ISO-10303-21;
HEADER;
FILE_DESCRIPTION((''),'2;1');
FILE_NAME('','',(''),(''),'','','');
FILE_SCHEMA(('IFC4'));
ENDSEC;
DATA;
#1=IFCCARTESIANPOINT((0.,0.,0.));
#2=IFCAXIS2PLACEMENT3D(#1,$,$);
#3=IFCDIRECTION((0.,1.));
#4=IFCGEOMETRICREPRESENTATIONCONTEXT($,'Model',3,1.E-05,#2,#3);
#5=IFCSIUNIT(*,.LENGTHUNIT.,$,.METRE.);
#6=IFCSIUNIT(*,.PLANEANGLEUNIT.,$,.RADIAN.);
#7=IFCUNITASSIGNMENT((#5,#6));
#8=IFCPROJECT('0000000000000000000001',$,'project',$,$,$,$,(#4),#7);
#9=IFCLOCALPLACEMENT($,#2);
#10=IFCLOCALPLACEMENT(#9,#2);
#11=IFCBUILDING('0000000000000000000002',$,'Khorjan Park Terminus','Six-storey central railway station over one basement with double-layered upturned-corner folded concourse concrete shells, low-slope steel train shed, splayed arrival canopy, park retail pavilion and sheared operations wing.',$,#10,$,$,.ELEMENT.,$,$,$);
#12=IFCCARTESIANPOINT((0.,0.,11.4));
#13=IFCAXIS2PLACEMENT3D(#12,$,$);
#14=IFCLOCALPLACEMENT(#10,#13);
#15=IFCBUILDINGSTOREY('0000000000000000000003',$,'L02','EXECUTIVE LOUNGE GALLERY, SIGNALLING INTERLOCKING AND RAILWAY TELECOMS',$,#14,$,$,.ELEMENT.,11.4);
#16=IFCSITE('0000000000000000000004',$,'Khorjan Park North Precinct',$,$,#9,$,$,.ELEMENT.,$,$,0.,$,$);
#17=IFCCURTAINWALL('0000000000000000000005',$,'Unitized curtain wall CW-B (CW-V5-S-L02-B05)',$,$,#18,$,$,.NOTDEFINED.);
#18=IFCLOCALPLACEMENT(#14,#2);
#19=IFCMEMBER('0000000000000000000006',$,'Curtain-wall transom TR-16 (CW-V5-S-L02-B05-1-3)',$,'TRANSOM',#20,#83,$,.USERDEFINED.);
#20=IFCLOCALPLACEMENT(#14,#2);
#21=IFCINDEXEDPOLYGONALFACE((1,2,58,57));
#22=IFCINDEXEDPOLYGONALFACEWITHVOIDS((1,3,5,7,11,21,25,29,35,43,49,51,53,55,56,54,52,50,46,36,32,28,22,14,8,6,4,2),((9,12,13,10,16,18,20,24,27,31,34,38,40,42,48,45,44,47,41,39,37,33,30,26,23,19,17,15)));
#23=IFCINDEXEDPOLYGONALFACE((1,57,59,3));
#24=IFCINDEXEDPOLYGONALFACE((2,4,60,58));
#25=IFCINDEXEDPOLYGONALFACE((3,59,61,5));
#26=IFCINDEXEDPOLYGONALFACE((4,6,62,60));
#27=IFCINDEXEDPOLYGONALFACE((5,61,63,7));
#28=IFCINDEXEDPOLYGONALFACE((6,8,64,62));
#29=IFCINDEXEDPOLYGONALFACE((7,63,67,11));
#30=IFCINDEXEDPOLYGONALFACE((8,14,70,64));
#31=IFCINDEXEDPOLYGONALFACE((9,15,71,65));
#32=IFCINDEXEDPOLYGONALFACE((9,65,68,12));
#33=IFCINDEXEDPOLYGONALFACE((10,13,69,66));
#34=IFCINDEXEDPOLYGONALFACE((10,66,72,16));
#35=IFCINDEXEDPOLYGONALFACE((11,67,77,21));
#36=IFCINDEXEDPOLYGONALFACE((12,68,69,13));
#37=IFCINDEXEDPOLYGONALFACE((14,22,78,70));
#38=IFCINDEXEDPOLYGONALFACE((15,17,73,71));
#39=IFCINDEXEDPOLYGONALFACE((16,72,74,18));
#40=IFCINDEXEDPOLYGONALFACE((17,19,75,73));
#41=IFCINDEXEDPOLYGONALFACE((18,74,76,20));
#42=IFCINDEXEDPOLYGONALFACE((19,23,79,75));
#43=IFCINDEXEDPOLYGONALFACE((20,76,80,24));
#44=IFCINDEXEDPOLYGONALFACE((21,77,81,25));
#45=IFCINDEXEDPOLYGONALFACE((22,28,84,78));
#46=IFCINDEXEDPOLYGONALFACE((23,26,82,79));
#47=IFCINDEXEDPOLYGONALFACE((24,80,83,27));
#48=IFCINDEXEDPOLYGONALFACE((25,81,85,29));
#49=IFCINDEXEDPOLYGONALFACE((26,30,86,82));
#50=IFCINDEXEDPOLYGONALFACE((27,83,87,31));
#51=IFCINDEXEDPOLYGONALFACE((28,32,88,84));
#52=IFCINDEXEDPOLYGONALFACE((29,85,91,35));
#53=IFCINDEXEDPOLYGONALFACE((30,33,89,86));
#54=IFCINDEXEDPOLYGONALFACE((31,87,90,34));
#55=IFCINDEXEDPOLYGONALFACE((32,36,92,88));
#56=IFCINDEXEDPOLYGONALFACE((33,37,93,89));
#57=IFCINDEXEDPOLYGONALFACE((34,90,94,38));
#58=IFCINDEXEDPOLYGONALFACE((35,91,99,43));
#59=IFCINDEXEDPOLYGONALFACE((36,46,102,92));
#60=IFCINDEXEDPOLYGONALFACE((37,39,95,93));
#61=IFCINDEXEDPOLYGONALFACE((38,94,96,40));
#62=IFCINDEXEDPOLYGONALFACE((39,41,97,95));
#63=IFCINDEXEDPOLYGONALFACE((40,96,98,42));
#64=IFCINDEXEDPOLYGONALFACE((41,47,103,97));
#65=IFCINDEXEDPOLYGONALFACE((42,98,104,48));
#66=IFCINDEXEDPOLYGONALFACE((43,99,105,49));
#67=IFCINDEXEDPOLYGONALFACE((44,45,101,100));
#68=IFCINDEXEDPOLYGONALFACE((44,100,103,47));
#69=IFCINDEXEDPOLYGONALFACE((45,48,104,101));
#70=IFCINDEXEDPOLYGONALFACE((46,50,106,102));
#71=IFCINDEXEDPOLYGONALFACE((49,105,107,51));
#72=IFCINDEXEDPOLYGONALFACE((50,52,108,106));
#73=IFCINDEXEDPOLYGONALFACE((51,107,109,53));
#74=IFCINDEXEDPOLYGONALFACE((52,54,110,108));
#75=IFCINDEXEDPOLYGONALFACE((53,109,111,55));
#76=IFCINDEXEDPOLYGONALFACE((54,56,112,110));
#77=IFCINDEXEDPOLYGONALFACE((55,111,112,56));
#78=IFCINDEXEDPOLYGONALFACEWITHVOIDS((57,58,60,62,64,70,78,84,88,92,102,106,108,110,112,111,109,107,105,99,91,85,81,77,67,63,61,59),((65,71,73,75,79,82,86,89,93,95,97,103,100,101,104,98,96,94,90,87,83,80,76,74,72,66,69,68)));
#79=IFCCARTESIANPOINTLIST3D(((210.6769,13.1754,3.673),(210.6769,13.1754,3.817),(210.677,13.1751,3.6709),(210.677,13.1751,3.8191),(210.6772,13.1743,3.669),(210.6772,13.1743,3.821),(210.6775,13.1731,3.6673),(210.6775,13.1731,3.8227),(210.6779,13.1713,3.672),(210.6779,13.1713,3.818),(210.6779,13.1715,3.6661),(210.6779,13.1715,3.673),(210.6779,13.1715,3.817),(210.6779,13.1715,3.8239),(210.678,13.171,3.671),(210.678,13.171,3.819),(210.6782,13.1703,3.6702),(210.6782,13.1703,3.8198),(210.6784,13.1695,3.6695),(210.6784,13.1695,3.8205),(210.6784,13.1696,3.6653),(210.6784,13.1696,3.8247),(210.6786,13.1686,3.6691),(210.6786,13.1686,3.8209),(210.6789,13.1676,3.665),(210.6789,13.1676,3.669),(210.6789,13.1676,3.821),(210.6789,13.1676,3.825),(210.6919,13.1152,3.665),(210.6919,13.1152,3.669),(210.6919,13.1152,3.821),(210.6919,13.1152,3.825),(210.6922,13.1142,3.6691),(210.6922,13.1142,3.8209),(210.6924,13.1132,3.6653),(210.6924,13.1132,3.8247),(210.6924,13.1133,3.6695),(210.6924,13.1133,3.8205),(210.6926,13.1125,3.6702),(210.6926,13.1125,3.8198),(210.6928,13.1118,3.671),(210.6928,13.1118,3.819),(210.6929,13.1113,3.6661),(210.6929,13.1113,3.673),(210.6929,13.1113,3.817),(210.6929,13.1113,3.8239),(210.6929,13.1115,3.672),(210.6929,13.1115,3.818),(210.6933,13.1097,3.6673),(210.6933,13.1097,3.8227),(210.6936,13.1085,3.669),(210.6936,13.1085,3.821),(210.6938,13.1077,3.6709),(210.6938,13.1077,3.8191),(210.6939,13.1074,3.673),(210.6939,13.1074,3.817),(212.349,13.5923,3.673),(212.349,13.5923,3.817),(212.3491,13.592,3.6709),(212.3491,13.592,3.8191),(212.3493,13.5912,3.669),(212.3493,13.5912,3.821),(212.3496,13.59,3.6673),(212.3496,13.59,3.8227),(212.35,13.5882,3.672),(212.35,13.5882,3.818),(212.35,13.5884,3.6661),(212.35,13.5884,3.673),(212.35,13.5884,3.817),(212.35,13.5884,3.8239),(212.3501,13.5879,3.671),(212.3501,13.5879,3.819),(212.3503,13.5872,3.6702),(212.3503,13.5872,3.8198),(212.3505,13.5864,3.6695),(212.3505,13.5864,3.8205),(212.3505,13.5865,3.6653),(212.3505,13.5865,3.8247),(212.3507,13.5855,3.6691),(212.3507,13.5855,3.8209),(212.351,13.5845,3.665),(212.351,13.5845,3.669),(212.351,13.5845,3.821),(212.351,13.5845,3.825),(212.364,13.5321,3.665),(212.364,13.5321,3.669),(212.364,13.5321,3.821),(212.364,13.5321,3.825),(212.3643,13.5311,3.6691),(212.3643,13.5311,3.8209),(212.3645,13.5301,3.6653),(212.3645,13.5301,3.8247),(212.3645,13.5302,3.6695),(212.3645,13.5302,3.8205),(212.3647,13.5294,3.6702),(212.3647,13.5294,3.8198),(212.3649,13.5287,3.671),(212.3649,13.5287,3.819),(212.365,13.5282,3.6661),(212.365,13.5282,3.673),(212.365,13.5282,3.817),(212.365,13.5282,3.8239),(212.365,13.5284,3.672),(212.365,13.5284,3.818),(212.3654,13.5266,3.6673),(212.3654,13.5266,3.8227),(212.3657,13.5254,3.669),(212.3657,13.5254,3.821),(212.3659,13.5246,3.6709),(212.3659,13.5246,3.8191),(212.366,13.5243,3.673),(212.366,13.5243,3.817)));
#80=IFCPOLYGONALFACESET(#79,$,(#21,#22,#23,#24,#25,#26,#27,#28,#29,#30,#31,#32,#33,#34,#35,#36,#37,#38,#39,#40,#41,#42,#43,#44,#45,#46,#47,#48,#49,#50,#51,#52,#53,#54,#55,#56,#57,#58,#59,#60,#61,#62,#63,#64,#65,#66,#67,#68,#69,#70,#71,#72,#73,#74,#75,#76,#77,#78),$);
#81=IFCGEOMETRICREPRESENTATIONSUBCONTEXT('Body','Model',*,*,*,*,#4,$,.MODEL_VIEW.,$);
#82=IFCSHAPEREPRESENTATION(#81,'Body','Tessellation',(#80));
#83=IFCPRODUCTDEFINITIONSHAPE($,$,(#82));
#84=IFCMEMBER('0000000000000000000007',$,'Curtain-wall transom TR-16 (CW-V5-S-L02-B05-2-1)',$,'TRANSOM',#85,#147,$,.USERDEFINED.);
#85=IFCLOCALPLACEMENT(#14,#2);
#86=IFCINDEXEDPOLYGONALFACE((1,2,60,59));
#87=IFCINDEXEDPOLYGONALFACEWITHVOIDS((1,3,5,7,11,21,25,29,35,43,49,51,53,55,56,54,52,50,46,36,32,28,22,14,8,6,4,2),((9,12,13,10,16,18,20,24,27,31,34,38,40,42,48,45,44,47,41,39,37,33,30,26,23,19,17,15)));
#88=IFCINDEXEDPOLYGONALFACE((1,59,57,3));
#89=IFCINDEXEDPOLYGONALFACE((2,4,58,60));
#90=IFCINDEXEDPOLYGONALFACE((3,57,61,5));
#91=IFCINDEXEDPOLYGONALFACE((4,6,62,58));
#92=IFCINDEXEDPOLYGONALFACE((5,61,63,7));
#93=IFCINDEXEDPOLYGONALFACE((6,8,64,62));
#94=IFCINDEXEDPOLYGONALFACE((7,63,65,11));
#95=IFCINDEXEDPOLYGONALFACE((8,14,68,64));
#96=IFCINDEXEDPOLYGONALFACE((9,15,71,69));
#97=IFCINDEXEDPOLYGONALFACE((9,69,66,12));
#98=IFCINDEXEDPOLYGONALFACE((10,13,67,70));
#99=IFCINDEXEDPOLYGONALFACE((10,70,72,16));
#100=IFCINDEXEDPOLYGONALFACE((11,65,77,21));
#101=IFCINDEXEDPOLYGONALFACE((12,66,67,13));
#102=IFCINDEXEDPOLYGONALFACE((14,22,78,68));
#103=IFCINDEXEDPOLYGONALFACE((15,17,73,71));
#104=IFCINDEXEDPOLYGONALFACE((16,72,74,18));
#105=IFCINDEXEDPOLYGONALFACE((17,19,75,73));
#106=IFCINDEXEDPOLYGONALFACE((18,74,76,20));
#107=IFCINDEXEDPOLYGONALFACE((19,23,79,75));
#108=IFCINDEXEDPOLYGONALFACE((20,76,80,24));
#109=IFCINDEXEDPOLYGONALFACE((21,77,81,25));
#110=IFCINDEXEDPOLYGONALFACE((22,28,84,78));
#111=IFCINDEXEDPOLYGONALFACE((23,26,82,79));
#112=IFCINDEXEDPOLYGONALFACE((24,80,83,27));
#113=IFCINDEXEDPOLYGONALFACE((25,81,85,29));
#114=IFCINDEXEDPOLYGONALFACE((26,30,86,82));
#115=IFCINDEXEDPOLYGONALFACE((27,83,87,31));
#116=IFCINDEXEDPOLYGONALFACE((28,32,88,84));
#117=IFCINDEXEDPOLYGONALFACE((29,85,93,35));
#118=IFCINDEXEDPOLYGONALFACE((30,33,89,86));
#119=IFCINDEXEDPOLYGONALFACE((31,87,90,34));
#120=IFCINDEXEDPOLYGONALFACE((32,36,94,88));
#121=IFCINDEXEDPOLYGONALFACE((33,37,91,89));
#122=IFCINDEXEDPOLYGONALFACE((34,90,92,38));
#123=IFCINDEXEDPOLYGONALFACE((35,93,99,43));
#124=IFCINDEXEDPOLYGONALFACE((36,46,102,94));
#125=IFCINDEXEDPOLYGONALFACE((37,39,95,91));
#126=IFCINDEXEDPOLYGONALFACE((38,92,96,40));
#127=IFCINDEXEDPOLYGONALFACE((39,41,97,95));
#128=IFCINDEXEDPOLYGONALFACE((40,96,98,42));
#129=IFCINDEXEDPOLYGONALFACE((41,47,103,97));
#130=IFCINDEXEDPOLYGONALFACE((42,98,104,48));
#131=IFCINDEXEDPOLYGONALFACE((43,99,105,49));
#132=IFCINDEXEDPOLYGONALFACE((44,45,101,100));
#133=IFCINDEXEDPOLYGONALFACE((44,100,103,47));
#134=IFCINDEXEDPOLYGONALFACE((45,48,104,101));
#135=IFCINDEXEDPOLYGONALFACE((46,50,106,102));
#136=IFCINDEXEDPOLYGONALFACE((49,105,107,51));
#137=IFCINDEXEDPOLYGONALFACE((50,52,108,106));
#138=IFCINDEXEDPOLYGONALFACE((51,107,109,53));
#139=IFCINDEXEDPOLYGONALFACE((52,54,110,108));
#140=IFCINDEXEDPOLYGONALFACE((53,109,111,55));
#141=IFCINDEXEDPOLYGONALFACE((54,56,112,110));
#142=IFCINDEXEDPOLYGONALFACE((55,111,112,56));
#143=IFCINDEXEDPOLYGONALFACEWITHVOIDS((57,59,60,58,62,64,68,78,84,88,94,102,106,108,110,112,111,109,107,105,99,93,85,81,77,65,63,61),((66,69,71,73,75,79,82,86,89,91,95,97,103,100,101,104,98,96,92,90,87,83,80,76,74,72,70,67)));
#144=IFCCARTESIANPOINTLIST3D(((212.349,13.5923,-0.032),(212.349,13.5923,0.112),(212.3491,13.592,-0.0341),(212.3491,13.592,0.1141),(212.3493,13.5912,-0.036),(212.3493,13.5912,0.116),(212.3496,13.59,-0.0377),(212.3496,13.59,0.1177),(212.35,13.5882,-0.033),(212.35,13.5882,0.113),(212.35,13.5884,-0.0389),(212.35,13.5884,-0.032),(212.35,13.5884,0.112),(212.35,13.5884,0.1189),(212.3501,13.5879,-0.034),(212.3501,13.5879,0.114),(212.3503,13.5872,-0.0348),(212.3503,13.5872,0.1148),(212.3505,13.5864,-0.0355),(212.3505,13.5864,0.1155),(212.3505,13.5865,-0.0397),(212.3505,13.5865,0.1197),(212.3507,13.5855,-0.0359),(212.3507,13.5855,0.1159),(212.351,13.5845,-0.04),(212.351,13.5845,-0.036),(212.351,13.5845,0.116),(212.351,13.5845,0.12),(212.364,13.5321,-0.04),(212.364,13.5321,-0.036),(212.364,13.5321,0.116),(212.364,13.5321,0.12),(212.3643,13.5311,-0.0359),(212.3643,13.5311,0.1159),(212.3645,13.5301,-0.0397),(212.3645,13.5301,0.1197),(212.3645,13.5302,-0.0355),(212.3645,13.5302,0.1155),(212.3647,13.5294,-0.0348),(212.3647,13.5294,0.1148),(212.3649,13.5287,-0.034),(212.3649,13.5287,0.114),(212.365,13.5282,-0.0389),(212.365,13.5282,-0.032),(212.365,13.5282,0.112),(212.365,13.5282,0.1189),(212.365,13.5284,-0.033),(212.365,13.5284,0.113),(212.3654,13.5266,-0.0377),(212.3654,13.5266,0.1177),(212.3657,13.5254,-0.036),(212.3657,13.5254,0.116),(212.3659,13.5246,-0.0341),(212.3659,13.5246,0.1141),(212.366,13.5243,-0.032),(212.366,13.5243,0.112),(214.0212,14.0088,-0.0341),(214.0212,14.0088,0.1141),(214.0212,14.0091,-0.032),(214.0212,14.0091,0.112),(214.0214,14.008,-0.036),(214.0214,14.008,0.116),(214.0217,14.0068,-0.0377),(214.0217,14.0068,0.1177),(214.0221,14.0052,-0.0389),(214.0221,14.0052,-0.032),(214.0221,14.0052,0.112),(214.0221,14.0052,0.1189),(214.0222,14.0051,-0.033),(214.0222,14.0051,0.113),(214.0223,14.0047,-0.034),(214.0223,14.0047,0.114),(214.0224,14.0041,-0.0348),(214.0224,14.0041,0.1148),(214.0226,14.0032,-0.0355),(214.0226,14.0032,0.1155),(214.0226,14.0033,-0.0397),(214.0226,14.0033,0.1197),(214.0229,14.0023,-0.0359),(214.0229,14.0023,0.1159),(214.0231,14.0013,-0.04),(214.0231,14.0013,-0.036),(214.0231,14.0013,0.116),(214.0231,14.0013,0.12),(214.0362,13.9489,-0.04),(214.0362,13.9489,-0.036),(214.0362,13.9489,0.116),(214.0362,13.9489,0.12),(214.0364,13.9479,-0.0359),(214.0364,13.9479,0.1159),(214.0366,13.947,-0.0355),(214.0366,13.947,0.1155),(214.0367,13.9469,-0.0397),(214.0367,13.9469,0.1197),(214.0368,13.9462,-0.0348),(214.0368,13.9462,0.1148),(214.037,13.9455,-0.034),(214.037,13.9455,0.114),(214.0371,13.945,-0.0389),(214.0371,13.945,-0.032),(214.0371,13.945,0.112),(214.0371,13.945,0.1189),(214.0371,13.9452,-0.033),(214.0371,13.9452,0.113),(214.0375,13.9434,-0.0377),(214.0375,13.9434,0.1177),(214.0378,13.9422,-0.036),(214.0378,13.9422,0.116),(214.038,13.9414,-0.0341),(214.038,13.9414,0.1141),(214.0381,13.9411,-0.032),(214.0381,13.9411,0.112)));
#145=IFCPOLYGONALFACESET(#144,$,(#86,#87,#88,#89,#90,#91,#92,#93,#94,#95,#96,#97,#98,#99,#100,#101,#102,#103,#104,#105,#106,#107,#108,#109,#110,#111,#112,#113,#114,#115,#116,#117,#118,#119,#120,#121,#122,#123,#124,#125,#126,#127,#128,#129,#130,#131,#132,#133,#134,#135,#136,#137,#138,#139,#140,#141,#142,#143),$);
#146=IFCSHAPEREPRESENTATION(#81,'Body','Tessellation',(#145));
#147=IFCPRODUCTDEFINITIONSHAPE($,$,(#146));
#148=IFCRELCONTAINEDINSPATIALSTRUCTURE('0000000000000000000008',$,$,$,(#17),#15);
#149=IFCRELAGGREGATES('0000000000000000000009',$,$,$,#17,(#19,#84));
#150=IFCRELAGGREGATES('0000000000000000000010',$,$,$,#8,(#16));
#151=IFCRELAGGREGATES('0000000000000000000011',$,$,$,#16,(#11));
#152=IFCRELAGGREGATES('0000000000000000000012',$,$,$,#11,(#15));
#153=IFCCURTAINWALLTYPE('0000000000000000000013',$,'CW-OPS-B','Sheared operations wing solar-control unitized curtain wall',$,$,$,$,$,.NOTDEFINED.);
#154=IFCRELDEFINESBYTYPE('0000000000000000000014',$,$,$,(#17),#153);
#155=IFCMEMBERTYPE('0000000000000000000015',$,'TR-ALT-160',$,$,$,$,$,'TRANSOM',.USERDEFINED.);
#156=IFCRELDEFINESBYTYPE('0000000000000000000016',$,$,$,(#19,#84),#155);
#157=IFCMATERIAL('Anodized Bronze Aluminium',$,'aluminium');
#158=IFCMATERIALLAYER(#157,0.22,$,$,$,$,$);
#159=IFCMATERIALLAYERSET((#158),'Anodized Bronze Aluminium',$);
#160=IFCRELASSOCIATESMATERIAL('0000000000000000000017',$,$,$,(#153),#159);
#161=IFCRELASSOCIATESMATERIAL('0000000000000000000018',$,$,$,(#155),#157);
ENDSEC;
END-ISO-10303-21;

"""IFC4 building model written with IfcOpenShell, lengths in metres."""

from ifc_helpers import new_model, si_unit, direction, frame, origin, origin_2d, place, context, subcontext, project, spatial, hollow_rectangle, extrude, material, layer, layer_set, material_profile, profile_set, type_object, element, aggregate, save


model = new_model("IFC4")

# Units and contexts
model_context = context("Model", 3, precision=1e-05, world=origin(), true_north=direction((0.0, 1.0)))
body_context = subcontext(model_context, "Body", "Model", "MODEL_VIEW")
ifc_project = project(units=[si_unit("LENGTHUNIT", "METRE"), si_unit("PLANEANGLEUNIT", "RADIAN")], contexts=[model_context])

# Site, building, storey
site_placement = place(None, origin())
site = spatial("IfcSite", under=ifc_project, at=site_placement, Name="Khorjan Park North Precinct", CompositionType="ELEMENT", RefElevation=0.0)
building_placement = place(site_placement, origin())
building = spatial("IfcBuilding", under=site, at=building_placement, Name="Khorjan Park Terminus", Description="Six-storey central railway station over one basement with double-layered upturned-corner folded concourse concrete shells, low-slope steel train shed, splayed arrival canopy, park retail pavilion and sheared operations wing.", CompositionType="ELEMENT")
storey_placement = place(building_placement, frame((0.0, 0.0, 11.4)))
storey = spatial("IfcBuildingStorey", under=building, at=storey_placement, Name="L02", Description="EXECUTIVE LOUNGE GALLERY, SIGNALLING INTERLOCKING AND RAILWAY TELECOMS", CompositionType="ELEMENT", Elevation=11.4)

# Curtain wall, members
ifc_material_1 = material(Name="Anodized Bronze Aluminium", Category="aluminium")
ifc_layer_1 = layer(ifc_material_1, 0.22)
ifc_layer_set_1 = layer_set([ifc_layer_1], Name="Anodized Bronze Aluminium")
curtain_wall_type = type_object("IfcCurtainWallType", Name="CW-OPS-B", Description="Sheared operations wing solar-control unitized curtain wall", PredefinedType="NOTDEFINED", material=ifc_layer_set_1)
curtain_wall_placement = place(storey_placement, origin())
curtain_wall = element("IfcCurtainWall", 1, at=curtain_wall_placement, inside=storey, type_object=curtain_wall_type, Name="Unitized curtain wall CW-B (CW-V5-S-L02-B05)", PredefinedType="NOTDEFINED")
ifc_material_profile_1 = material_profile(ifc_material_1, hollow_rectangle(XDim=0.07, YDim=0.16, WallThickness=0.004, InnerFilletRadius=0.004, OuterFilletRadius=0.008, at=origin_2d()), Name="ALT 70x160x4")
ifc_profile_set_1 = profile_set([ifc_material_profile_1], Name="Anodized Bronze Aluminium")
member_type_1 = type_object("IfcMemberType", Name="TR-ALT-160", ElementType="TRANSOM", PredefinedType="USERDEFINED", material=ifc_profile_set_1)
member_1_placement = place(storey_placement, frame((210.6854, 13.1414, 3.745), z_axis=(0.970296, 0.241921, 0.0), x_axis=(-0.241921, 0.970296, 0.0)))
member_1 = element("IfcMember", 2, at=member_1_placement, type_object=member_type_1, Name="Curtain-wall transom TR-16 (CW-V5-S-L02-B05-1-3)", ObjectType="TRANSOM", PredefinedType="USERDEFINED", context=body_context, shape_type="SweptSolid", body=[
    extrude(hollow_rectangle(XDim=0.07, YDim=0.16, WallThickness=0.004, InnerFilletRadius=0.004, OuterFilletRadius=0.008, at=origin_2d()), origin(), (0.0, 0.0, 1.0), 1.7233),
])
member_2_placement = place(storey_placement, frame((212.3575, 13.5583, 0.04), z_axis=(0.97031, 0.241867, 0.0), x_axis=(-0.241867, 0.97031, 0.0)))
member_2 = element("IfcMember", 3, at=member_2_placement, type_object=member_type_1, Name="Curtain-wall transom TR-16 (CW-V5-S-L02-B05-2-1)", ObjectType="TRANSOM", PredefinedType="USERDEFINED", context=body_context, shape_type="SweptSolid", body=[
    extrude(hollow_rectangle(XDim=0.07, YDim=0.16, WallThickness=0.004, InnerFilletRadius=0.004, OuterFilletRadius=0.008, at=origin_2d()), origin(), (0.0, 0.0, 1.0), 1.7233),
])
aggregate(curtain_wall, [member_1, member_2])

save(model, "model.ifc")
